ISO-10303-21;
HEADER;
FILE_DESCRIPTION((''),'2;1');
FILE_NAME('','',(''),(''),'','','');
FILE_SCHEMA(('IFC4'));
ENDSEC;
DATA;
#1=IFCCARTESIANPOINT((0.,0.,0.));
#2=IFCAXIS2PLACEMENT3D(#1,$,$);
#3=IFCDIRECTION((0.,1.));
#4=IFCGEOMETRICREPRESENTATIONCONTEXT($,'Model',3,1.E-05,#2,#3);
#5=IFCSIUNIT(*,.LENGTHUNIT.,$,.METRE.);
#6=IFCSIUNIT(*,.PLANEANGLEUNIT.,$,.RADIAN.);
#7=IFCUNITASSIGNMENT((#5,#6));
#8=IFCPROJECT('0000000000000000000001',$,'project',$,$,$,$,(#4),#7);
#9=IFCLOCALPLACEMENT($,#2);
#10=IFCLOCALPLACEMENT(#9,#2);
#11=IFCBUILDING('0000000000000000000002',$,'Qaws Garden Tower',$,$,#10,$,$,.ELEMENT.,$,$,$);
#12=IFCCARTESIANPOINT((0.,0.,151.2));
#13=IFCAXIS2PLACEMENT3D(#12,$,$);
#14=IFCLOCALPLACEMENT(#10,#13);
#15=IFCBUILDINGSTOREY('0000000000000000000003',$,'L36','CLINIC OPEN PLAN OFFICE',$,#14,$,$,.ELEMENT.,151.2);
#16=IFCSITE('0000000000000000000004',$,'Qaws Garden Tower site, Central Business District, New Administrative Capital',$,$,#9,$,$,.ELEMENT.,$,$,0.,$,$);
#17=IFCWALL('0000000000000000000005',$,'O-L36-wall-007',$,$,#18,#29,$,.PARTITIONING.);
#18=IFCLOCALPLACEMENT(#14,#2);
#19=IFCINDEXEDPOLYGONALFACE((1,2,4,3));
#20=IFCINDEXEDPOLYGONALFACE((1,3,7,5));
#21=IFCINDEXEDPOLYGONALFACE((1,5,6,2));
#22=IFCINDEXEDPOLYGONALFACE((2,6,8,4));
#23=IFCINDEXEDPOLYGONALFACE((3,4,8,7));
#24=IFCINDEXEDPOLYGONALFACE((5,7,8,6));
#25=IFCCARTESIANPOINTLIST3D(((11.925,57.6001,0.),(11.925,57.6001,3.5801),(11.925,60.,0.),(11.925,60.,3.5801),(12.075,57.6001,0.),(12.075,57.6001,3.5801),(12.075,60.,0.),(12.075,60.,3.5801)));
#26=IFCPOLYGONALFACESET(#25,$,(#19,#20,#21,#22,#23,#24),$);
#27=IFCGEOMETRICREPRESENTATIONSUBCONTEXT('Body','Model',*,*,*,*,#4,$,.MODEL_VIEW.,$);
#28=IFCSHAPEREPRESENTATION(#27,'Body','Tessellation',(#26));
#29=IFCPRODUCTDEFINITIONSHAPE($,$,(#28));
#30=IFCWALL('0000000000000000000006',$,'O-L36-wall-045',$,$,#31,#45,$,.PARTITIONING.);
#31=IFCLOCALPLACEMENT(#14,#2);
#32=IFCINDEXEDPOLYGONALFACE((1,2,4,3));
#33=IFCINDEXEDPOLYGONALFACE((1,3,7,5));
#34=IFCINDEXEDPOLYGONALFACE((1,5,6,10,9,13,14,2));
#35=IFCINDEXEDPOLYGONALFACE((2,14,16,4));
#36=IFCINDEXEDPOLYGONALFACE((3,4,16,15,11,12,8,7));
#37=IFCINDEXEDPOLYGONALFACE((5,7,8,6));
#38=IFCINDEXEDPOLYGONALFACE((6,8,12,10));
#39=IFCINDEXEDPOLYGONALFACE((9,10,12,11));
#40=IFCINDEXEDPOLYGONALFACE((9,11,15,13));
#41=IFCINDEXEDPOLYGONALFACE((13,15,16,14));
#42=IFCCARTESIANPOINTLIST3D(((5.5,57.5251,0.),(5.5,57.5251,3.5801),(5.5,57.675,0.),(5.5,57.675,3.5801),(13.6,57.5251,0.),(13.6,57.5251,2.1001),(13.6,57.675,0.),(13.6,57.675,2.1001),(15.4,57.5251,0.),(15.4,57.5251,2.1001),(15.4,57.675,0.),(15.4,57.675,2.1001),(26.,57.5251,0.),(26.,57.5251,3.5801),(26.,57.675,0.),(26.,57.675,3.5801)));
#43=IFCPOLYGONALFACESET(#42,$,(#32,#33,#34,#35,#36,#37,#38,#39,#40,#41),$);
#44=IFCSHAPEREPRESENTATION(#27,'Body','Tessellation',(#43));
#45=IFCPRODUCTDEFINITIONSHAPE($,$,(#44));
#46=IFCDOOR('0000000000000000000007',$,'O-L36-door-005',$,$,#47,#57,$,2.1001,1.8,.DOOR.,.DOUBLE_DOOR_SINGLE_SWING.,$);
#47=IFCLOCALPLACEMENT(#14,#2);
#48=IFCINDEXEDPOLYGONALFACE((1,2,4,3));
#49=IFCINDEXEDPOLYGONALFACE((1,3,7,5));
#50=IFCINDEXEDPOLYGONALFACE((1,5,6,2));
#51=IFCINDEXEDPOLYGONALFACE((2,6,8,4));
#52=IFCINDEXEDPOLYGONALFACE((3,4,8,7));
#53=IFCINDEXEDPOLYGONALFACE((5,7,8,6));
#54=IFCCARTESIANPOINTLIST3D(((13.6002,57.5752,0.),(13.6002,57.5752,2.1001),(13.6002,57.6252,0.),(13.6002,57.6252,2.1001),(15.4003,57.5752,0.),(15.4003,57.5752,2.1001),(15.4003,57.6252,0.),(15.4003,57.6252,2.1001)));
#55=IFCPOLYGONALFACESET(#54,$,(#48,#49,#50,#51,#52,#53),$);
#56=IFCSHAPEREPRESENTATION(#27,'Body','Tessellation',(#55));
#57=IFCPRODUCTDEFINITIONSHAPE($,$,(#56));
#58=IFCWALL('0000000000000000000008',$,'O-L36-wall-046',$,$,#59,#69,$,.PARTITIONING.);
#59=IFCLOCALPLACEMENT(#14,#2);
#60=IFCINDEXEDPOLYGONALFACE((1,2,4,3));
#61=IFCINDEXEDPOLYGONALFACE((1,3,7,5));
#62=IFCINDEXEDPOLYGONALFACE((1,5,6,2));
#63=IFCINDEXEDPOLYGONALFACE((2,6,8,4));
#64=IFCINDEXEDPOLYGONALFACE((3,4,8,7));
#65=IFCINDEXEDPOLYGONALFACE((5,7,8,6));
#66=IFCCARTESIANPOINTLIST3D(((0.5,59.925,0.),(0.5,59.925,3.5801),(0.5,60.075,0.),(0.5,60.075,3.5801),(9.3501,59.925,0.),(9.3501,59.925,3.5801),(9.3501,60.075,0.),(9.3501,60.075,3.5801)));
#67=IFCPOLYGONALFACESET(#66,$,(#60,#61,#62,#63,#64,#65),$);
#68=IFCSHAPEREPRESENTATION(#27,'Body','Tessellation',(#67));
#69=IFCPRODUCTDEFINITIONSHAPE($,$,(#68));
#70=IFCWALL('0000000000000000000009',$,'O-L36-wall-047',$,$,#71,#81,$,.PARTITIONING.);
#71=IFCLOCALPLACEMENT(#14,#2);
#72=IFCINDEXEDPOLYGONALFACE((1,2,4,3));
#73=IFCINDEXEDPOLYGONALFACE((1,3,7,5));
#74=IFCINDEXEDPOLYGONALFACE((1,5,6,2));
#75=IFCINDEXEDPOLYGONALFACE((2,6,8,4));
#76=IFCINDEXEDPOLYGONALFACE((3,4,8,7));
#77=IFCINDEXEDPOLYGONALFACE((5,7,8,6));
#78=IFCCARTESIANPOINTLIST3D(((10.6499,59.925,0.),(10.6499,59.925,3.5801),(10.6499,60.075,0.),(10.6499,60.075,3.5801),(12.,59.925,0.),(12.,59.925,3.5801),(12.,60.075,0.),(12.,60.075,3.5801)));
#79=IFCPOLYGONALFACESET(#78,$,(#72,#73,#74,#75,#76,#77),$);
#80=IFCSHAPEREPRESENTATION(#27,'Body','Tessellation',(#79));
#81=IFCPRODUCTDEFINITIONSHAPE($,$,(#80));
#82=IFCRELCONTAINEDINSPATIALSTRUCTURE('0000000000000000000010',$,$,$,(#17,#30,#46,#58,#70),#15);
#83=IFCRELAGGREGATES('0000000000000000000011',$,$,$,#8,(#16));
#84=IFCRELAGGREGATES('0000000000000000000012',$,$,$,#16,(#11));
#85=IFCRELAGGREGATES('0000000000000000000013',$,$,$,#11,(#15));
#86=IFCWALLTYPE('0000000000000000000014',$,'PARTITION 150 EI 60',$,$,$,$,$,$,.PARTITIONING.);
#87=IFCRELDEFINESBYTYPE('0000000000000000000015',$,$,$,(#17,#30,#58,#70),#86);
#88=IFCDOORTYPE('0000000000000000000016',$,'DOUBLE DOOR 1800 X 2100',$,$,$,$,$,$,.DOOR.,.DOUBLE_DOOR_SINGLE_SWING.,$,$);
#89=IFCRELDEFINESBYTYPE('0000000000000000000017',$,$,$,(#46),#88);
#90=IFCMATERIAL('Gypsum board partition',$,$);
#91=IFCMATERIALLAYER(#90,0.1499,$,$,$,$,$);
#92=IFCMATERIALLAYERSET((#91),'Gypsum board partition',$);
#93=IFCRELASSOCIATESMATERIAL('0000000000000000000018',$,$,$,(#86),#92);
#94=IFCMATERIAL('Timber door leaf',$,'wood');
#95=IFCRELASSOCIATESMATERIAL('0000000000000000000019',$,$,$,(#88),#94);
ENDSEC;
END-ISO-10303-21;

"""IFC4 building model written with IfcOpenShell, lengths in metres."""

from ifc_helpers import new_model, si_unit, direction, frame, frame_2d, origin, place, context, subcontext, project, spatial, rectangle, extrude, material, layer, layer_set, type_object, element, fill, save


model = new_model("IFC4")

# Units and contexts
model_context = context("Model", 3, precision=1e-05, world=origin(), true_north=direction((0.0, 1.0)))
body_context = subcontext(model_context, "Body", "Model", "MODEL_VIEW")
ifc_project = project(units=[si_unit("LENGTHUNIT", "METRE"), si_unit("PLANEANGLEUNIT", "RADIAN")], contexts=[model_context])

# Site, building, storey
site_placement = place(None, origin())
site = spatial("IfcSite", under=ifc_project, at=site_placement, Name="Qaws Garden Tower site, Central Business District, New Administrative Capital", CompositionType="ELEMENT", RefElevation=0.0)
building_placement = place(site_placement, origin())
building = spatial("IfcBuilding", under=site, at=building_placement, Name="Qaws Garden Tower", CompositionType="ELEMENT")
storey_placement = place(building_placement, frame((0.0, 0.0, 151.2)))
storey = spatial("IfcBuildingStorey", under=building, at=storey_placement, Name="L36", Description="CLINIC OPEN PLAN OFFICE", CompositionType="ELEMENT", Elevation=151.2)

# Shared definitions
ifc_material_1 = material(Name="Gypsum board partition")
ifc_layer_1 = layer(ifc_material_1, 0.1499)
ifc_layer_set_1 = layer_set([ifc_layer_1], Name="Gypsum board partition")
wall_type_1 = type_object("IfcWallType", Name="PARTITION 150 EI 60", PredefinedType="PARTITIONING", material=ifc_layer_set_1)
ifc_material_2 = material(Name="Timber door leaf", Category="wood")
door_type_1 = type_object("IfcDoorType", Name="DOUBLE DOOR 1800 X 2100", OperationType="DOUBLE_DOOR_SINGLE_SWING", PredefinedType="DOOR", material=ifc_material_2)

# Wall
wall_1_placement = place(storey_placement, frame((12.0, 57.6001, 0.0), z_axis=(0.0, 0.0, 1.0), x_axis=(0.0, 1.0, 0.0)))
element("IfcWall", 1, at=wall_1_placement, inside=storey, type_object=wall_type_1, Name="O-L36-wall-007", PredefinedType="PARTITIONING", context=body_context, shape_type="SweptSolid", body=[
    extrude(rectangle(XDim=2.3999, YDim=0.1499, at=frame_2d((1.2, 0.0))), origin(), (0.0, 0.0, 1.0), 3.5801),
])

# Wall, opening, door
wall_2_placement = place(storey_placement, frame((5.5, 57.6001, 0.0), z_axis=(0.0, 0.0, 1.0), x_axis=(1.0, 0.0, 0.0)))
wall_2 = element("IfcWall", 2, at=wall_2_placement, inside=storey, type_object=wall_type_1, Name="O-L36-wall-045", PredefinedType="PARTITIONING", context=body_context, shape_type="SweptSolid", body=[
    extrude(rectangle(XDim=20.5, YDim=0.1499, at=frame_2d((10.25, 0.0))), origin(), (0.0, 0.0, 1.0), 3.5801),
])
opening_1_placement = place(wall_2_placement, frame((8.1001, 0.0, 0.0)))
opening_1 = element("IfcOpeningElement", 3, at=opening_1_placement, cuts=wall_2, PredefinedType="OPENING", context=body_context, shape_type="SweptSolid", body=[
    extrude(rectangle(XDim=1.8, YDim=2.1001, at=frame_2d((0.8999, 1.05))), frame((0.0, 0.085, 0.0), z_axis=(0.0, -1.0, 0.0), x_axis=(1.0, 0.0, 0.0)), (0.0, 0.0, 1.0), 0.1699),
])
door_1_placement = place(opening_1_placement, frame((1.8, 0.0, 0.0), z_axis=(0.0, 0.0, 1.0), x_axis=(-1.0, 0.0, 0.0)))
door_1 = element("IfcDoor", 4, at=door_1_placement, inside=storey, type_object=door_type_1, Name="O-L36-door-005", OperationType="DOUBLE_DOOR_SINGLE_SWING", OverallHeight=2.1001, OverallWidth=1.8, PredefinedType="DOOR", context=body_context, shape_type="SweptSolid", body=[
    extrude(rectangle(XDim=1.8, YDim=2.1001, at=frame_2d((0.8999, 1.05))), frame((0.0, 0.0249, 0.0), z_axis=(0.0, -1.0, 0.0), x_axis=(1.0, 0.0, 0.0)), (0.0, 0.0, 1.0), 0.05),
])
fill(opening_1, door_1)

# Walls
wall_3_placement = place(storey_placement, frame((0.5, 60.0, 0.0), z_axis=(0.0, 0.0, 1.0), x_axis=(1.0, 0.0, 0.0)))
element("IfcWall", 5, at=wall_3_placement, inside=storey, type_object=wall_type_1, Name="O-L36-wall-046", PredefinedType="PARTITIONING", context=body_context, shape_type="SweptSolid", body=[
    extrude(rectangle(XDim=8.8501, YDim=0.1499, at=frame_2d((4.425, 0.0))), origin(), (0.0, 0.0, 1.0), 3.5801),
])
wall_4_placement = place(storey_placement, frame((10.6499, 60.0, 0.0), z_axis=(0.0, 0.0, 1.0), x_axis=(1.0, 0.0, 0.0)))
element("IfcWall", 6, at=wall_4_placement, inside=storey, type_object=wall_type_1, Name="O-L36-wall-047", PredefinedType="PARTITIONING", context=body_context, shape_type="SweptSolid", body=[
    extrude(rectangle(XDim=1.3501, YDim=0.1499, at=frame_2d((0.675, 0.0))), origin(), (0.0, 0.0, 1.0), 3.5801),
])

save(model, "model.ifc")
